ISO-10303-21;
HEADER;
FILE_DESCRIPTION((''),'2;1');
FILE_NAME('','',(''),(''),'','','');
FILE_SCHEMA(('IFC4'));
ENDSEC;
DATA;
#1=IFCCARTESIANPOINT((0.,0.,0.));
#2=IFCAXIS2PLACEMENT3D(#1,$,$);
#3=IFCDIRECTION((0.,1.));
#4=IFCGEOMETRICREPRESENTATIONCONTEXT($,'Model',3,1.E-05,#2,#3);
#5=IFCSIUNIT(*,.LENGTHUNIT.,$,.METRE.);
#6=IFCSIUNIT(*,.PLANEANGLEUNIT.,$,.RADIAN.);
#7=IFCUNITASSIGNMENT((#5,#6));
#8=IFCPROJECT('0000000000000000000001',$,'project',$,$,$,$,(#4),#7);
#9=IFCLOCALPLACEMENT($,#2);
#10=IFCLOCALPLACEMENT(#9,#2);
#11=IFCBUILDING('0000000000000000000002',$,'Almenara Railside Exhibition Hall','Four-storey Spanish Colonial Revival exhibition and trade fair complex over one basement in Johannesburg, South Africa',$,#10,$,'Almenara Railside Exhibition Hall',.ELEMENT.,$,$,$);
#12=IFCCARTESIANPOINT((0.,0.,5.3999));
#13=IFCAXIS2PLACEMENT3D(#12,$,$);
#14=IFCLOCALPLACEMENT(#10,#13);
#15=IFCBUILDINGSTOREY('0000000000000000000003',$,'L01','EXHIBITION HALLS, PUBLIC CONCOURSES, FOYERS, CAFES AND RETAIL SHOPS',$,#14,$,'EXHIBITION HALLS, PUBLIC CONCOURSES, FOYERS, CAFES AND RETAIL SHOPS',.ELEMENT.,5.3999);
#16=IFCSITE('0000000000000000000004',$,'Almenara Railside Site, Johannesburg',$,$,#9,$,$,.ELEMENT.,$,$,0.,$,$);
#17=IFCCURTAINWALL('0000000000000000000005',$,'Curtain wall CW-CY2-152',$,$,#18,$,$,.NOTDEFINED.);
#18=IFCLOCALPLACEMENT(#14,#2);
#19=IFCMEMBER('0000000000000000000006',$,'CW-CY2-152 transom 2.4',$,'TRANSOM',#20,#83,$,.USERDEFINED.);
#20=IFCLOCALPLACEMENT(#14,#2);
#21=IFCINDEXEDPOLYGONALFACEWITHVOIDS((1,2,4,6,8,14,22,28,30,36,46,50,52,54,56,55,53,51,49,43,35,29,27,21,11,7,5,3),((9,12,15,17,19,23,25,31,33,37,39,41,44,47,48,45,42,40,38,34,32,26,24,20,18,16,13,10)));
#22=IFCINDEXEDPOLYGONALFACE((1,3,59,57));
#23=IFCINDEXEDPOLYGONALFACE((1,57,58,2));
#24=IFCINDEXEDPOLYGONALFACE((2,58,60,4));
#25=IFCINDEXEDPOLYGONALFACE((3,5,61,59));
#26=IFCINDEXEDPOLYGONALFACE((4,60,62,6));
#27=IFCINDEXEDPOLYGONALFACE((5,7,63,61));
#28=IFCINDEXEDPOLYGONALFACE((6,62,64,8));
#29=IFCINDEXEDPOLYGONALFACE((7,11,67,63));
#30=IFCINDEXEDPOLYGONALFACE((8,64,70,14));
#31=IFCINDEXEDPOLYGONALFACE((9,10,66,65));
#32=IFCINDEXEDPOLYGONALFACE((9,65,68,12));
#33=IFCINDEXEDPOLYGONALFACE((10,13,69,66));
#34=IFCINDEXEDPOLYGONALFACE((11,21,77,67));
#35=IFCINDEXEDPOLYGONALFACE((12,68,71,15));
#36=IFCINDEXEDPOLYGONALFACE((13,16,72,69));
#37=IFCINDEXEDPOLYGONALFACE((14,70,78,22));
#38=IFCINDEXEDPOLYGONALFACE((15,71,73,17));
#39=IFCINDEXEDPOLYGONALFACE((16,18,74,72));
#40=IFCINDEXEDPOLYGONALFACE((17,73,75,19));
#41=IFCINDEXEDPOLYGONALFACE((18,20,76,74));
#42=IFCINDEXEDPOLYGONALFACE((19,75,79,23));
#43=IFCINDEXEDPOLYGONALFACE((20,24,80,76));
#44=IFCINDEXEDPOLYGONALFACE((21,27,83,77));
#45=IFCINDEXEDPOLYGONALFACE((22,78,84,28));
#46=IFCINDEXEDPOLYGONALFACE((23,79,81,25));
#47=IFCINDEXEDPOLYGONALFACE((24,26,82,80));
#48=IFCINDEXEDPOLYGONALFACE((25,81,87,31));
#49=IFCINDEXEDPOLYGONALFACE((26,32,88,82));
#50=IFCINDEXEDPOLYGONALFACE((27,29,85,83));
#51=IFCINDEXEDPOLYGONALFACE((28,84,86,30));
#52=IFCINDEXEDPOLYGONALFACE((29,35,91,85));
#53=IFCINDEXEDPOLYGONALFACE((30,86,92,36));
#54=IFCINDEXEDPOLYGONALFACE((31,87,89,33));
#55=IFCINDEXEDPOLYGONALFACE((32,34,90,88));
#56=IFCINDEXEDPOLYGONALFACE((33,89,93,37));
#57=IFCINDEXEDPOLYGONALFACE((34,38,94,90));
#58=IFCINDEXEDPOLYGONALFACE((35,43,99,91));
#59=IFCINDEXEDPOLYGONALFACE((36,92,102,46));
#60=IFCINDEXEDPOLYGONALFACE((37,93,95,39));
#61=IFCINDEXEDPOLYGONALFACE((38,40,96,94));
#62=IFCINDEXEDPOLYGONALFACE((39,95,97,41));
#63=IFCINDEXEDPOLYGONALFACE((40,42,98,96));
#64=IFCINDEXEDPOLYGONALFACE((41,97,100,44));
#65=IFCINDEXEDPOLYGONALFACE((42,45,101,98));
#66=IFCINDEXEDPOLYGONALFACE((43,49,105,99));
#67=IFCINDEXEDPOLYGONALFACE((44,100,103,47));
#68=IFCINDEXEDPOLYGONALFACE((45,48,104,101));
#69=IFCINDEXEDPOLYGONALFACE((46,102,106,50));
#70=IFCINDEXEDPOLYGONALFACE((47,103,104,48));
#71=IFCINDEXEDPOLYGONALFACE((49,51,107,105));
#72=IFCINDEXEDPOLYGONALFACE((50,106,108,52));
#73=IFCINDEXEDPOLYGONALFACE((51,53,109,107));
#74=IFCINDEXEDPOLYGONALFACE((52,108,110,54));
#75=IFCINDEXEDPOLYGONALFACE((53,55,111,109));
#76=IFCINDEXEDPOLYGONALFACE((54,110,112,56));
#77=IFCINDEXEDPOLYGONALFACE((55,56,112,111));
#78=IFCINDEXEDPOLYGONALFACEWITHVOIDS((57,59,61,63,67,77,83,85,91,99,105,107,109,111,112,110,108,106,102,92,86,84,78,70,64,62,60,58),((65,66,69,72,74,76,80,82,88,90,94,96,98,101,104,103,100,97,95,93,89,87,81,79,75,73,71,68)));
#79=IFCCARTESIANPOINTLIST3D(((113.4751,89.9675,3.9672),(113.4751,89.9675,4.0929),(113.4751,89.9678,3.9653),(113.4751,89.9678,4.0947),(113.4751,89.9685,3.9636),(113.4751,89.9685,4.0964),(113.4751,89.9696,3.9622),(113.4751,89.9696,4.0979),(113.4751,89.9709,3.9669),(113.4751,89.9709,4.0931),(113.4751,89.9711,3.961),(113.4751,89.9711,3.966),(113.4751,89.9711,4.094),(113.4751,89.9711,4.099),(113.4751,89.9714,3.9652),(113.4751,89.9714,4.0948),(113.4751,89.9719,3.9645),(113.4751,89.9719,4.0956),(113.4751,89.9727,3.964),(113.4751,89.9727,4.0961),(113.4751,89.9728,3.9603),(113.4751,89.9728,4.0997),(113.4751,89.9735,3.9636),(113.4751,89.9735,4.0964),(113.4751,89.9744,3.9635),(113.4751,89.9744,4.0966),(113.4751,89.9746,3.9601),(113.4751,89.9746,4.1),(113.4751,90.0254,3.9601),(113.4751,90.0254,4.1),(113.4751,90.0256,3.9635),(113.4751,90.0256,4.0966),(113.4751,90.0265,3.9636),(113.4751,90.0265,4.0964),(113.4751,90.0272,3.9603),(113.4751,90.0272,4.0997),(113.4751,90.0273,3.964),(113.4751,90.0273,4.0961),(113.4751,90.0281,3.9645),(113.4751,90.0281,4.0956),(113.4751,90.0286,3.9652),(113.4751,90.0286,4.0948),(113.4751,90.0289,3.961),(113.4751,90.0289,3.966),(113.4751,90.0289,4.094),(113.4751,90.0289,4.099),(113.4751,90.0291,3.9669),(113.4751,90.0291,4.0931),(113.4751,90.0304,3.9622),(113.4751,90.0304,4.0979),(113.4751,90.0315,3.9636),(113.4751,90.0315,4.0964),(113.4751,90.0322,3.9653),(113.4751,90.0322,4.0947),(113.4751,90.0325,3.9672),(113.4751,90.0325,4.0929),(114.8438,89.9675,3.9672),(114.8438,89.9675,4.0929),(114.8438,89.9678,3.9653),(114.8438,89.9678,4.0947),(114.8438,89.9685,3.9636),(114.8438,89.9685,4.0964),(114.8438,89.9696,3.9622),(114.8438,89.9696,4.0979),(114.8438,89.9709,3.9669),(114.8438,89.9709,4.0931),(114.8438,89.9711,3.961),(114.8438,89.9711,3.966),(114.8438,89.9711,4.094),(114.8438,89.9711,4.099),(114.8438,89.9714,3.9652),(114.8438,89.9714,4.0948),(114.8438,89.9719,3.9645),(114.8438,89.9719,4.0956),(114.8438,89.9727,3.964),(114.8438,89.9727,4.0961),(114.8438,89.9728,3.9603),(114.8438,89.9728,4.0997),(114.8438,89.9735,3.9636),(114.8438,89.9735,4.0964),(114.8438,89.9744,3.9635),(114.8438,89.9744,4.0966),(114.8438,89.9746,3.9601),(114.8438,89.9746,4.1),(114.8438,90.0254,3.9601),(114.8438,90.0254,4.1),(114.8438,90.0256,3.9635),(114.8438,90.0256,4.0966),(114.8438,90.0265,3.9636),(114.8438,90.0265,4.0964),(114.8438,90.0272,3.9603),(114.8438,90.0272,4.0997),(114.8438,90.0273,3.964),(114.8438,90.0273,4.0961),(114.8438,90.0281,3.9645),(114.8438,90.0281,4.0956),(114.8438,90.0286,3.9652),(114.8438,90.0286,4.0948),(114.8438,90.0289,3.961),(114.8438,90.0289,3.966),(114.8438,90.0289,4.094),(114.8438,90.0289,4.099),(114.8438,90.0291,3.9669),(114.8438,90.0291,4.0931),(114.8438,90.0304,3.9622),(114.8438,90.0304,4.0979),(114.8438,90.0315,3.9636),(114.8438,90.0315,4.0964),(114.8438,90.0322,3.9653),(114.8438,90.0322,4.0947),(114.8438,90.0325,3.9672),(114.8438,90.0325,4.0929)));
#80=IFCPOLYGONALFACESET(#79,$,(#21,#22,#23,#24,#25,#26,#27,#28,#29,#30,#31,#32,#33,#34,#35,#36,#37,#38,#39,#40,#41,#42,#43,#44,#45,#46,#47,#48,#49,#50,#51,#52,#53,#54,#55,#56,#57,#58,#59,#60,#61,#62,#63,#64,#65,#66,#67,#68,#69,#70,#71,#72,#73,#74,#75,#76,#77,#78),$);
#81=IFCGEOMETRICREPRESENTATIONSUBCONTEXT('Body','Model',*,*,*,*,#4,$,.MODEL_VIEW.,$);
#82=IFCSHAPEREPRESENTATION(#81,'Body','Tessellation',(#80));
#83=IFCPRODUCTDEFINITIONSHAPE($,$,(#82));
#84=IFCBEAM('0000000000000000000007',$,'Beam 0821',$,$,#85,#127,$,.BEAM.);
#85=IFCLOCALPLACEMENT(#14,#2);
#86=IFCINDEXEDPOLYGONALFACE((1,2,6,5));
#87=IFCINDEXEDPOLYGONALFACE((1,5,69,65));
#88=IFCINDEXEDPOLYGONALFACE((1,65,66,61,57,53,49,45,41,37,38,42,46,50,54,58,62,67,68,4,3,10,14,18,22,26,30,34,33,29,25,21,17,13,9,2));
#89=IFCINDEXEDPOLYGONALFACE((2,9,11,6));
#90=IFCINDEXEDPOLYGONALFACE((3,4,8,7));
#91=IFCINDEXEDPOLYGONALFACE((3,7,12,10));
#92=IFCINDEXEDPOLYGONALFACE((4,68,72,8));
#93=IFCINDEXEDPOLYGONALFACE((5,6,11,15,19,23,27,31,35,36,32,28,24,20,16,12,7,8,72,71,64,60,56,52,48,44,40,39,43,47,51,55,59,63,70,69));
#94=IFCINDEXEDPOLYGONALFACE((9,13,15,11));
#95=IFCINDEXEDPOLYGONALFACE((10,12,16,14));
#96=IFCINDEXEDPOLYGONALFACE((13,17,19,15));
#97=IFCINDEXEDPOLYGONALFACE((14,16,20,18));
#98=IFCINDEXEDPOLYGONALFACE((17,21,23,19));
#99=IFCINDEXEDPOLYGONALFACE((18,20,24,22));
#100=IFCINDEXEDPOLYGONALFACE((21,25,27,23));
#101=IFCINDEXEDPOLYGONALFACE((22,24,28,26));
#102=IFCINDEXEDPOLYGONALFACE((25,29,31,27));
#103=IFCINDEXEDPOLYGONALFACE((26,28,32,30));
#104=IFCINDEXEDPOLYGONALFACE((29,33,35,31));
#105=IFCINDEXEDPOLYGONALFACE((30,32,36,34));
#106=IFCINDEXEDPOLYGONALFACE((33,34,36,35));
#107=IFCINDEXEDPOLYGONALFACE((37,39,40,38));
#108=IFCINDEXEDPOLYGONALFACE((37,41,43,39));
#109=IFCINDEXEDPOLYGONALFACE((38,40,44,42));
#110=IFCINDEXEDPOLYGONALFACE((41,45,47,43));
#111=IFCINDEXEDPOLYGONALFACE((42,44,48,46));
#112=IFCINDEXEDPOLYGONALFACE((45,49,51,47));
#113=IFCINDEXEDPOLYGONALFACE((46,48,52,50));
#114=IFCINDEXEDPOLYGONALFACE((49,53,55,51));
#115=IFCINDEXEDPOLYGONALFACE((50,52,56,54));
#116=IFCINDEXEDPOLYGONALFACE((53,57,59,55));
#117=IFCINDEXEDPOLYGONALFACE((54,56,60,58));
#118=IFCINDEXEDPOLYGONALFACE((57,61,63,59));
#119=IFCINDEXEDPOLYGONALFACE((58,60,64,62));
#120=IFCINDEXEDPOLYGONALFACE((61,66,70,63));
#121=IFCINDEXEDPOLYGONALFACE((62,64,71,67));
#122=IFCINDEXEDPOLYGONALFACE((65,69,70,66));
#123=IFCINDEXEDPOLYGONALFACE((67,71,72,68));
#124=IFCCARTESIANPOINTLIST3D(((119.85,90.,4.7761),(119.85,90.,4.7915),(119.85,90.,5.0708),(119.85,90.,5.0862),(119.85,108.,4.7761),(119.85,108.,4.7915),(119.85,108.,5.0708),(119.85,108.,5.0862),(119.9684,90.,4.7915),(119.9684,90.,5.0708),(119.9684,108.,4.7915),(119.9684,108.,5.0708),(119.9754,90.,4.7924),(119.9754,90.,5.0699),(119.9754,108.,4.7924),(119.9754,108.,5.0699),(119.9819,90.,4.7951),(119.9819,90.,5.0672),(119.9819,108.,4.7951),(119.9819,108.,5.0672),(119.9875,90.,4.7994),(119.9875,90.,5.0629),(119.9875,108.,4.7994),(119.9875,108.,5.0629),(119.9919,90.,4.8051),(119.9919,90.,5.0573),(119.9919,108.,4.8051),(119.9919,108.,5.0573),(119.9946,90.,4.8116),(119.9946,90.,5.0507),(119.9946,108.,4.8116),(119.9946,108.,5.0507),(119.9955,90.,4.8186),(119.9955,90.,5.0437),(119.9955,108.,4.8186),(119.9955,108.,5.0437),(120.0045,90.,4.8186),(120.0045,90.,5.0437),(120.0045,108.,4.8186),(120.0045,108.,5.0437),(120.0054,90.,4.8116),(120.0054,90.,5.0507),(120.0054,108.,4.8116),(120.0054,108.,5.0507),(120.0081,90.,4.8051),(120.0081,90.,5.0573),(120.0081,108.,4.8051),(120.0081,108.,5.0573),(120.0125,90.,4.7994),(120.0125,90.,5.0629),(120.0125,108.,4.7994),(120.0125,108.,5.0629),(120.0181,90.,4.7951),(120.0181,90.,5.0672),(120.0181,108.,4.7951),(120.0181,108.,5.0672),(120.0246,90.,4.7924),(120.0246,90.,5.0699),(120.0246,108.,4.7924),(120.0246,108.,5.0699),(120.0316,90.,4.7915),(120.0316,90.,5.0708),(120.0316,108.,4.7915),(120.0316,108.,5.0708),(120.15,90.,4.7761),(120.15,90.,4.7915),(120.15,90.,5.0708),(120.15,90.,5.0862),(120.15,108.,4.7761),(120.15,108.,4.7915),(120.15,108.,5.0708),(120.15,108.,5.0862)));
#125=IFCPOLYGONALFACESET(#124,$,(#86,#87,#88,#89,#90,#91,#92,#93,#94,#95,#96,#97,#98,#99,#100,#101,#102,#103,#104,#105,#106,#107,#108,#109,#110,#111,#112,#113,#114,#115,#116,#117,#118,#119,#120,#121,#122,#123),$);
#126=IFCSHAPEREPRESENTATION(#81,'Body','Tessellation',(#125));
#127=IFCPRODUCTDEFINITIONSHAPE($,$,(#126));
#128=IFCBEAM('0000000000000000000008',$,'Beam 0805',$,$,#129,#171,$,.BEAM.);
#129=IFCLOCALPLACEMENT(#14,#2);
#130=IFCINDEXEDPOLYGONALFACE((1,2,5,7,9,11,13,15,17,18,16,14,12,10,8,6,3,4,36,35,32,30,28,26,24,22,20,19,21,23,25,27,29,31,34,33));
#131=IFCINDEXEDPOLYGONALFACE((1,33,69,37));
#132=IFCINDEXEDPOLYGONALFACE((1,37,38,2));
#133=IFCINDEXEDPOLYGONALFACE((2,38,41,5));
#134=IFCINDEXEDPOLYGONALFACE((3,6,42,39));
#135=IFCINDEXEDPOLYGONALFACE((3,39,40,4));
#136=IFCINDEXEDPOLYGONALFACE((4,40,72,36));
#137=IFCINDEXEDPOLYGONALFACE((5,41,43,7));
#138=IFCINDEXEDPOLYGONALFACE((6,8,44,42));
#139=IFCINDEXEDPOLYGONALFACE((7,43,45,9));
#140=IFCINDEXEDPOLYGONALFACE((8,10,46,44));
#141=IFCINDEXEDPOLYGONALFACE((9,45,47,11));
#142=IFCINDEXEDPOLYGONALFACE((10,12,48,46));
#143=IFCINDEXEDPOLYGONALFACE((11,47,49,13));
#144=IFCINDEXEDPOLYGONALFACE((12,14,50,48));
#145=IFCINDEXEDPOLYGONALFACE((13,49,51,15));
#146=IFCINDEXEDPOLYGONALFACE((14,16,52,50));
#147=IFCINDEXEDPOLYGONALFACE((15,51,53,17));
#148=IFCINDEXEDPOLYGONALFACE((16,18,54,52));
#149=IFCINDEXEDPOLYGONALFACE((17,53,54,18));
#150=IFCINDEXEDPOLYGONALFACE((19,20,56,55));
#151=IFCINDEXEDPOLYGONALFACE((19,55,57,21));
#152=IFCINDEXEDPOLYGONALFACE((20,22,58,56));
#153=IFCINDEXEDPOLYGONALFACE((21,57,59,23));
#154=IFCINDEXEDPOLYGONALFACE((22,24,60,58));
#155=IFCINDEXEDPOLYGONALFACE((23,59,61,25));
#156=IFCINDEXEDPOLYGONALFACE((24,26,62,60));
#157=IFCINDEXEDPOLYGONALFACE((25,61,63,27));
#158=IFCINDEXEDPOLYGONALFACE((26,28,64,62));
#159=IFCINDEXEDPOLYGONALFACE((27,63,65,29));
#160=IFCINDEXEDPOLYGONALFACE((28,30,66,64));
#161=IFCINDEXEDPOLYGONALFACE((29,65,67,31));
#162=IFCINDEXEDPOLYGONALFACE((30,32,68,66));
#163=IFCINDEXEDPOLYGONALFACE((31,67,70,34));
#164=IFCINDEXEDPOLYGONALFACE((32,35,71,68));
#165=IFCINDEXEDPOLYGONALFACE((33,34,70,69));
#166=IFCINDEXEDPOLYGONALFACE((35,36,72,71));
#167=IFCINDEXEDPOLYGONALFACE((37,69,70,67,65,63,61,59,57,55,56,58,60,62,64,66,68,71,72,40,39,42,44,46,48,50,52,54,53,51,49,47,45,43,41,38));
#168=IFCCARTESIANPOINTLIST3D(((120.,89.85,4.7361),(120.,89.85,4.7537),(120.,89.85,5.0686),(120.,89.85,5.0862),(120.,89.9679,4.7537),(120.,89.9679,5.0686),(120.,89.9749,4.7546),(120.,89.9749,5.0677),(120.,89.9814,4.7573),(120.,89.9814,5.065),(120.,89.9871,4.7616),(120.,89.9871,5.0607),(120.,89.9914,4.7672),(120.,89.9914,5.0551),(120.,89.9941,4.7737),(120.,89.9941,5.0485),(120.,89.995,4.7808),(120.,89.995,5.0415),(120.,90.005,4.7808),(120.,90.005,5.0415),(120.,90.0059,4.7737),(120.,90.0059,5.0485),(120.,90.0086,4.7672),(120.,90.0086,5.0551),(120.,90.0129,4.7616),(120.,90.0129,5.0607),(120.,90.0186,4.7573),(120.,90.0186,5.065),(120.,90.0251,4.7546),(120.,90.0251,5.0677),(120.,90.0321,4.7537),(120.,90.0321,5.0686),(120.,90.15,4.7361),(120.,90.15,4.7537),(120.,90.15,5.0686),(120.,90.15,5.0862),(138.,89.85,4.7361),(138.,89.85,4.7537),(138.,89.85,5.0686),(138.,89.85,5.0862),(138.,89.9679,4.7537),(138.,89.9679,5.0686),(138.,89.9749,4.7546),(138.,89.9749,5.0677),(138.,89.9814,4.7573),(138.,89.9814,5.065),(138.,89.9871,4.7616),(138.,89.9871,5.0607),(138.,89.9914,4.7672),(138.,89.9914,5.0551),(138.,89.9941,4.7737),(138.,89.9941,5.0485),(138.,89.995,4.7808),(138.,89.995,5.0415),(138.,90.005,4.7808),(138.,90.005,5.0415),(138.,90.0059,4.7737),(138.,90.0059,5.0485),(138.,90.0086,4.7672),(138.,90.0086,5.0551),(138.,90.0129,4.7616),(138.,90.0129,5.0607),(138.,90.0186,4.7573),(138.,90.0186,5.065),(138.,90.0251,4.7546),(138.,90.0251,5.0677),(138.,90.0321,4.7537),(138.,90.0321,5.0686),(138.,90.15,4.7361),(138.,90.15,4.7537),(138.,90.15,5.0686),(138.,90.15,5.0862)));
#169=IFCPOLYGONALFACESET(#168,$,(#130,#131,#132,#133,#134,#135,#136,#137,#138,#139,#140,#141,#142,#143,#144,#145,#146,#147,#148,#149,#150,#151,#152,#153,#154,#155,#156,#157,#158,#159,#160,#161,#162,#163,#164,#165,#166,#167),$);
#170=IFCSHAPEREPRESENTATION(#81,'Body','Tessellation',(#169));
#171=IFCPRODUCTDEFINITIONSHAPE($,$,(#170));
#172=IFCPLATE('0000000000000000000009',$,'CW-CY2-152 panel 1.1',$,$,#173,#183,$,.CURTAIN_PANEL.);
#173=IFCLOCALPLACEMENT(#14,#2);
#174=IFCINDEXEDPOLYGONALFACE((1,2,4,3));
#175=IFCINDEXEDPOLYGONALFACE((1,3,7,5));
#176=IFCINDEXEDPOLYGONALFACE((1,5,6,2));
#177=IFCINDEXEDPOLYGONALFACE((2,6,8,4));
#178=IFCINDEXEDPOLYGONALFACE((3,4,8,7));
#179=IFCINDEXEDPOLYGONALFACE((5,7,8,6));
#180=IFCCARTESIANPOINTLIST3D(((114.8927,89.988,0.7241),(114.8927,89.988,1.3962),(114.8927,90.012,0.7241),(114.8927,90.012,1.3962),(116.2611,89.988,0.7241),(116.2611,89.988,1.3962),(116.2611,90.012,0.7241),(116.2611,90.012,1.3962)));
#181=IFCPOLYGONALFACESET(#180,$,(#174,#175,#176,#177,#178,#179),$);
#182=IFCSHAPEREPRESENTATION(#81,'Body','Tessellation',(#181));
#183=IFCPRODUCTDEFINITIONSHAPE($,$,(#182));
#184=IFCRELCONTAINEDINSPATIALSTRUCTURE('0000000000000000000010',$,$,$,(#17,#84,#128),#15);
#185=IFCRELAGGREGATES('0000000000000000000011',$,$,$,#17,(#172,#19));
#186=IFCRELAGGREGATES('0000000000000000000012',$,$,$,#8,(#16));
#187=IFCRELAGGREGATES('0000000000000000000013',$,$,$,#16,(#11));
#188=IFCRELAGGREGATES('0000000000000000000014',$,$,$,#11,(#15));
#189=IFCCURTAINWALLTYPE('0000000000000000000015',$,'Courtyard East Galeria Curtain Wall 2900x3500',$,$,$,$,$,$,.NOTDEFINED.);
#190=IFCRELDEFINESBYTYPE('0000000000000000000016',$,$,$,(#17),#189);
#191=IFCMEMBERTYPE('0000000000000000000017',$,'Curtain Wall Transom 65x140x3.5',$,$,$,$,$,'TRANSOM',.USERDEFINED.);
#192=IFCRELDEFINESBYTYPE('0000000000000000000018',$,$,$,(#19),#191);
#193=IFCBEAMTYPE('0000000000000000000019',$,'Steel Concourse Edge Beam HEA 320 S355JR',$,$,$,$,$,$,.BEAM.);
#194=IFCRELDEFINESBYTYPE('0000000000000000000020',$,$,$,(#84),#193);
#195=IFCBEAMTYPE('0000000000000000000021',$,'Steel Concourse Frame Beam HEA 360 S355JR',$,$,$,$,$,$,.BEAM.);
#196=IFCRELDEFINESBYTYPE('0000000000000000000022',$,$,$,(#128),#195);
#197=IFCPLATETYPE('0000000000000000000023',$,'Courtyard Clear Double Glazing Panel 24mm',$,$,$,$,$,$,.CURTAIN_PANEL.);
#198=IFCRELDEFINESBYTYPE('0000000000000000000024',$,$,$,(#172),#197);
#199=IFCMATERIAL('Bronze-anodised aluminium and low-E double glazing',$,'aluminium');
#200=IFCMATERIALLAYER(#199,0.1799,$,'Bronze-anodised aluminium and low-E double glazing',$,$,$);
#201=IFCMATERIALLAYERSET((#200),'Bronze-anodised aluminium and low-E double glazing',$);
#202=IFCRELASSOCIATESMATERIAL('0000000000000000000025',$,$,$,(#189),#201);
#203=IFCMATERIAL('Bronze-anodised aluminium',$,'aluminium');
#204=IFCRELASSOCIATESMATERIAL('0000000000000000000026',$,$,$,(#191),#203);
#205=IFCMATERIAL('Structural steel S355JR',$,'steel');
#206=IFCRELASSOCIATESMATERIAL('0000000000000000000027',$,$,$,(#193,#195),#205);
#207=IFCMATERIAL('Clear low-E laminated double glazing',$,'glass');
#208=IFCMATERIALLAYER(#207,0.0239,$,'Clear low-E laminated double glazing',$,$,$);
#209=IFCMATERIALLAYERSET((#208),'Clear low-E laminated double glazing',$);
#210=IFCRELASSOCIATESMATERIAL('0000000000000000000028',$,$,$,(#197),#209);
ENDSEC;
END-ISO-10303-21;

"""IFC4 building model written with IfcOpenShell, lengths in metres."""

from ifc_helpers import new_model, si_unit, direction, frame, origin, origin_2d, place, context, subcontext, project, spatial, rectangle, hollow_rectangle, i_section, extrude, material, layer, layer_set, material_profile, profile_set, type_object, element, aggregate, save


model = new_model("IFC4")

# Units and contexts
model_context = context("Model", 3, precision=1e-05, world=origin(), true_north=direction((0.0, 1.0)))
body_context = subcontext(model_context, "Body", "Model", "MODEL_VIEW")
ifc_project = project(units=[si_unit("LENGTHUNIT", "METRE"), si_unit("PLANEANGLEUNIT", "RADIAN")], contexts=[model_context])

# Site, building, storey
site_placement = place(None, origin())
site = spatial("IfcSite", under=ifc_project, at=site_placement, Name="Almenara Railside Site, Johannesburg", CompositionType="ELEMENT", RefElevation=0.0)
building_placement = place(site_placement, origin())
building = spatial("IfcBuilding", under=site, at=building_placement, Name="Almenara Railside Exhibition Hall", Description="Four-storey Spanish Colonial Revival exhibition and trade fair complex over one basement in Johannesburg, South Africa", LongName="Almenara Railside Exhibition Hall", CompositionType="ELEMENT")
storey_placement = place(building_placement, frame((0.0, 0.0, 5.3999)))
storey = spatial("IfcBuildingStorey", under=building, at=storey_placement, Name="L01", Description="EXHIBITION HALLS, PUBLIC CONCOURSES, FOYERS, CAFES AND RETAIL SHOPS", LongName="EXHIBITION HALLS, PUBLIC CONCOURSES, FOYERS, CAFES AND RETAIL SHOPS", CompositionType="ELEMENT", Elevation=5.3999)

# Shared definitions
ifc_material_1 = material(Name="Bronze-anodised aluminium and low-E double glazing", Category="aluminium")
ifc_layer_1 = layer(ifc_material_1, 0.1799, Name="Bronze-anodised aluminium and low-E double glazing")
ifc_layer_set_1 = layer_set([ifc_layer_1], Name="Bronze-anodised aluminium and low-E double glazing")
curtain_wall_type = type_object("IfcCurtainWallType", Name="Courtyard East Galeria Curtain Wall 2900x3500", PredefinedType="NOTDEFINED", material=ifc_layer_set_1)
ifc_material_2 = material(Name="Bronze-anodised aluminium", Category="aluminium")

# Curtain wall
curtain_wall_1_placement = place(storey_placement, origin())
curtain_wall_1 = element("IfcCurtainWall", 1, at=curtain_wall_1_placement, inside=storey, type_object=curtain_wall_type, Name="Curtain wall CW-CY2-152", PredefinedType="NOTDEFINED")

# Member
ifc_material_profile_1 = material_profile(ifc_material_2, hollow_rectangle(XDim=0.0649, YDim=0.1399, WallThickness=0.0034, InnerFilletRadius=0.0034, OuterFilletRadius=0.0071, at=origin_2d()), Name="ALU-TRN 65x140x3.5")
ifc_profile_set_1 = profile_set([ifc_material_profile_1], Name="Bronze-anodised aluminium")
member_type_1 = type_object("IfcMemberType", Name="Curtain Wall Transom 65x140x3.5", ElementType="TRANSOM", PredefinedType="USERDEFINED", material=ifc_profile_set_1)
member_1_placement = place(storey_placement, frame((114.8438, 90.0, 4.03), z_axis=(-1.0, 0.0, 0.0), x_axis=(0.0, -1.0, 0.0)))
member_1 = element("IfcMember", 2, at=member_1_placement, type_object=member_type_1, Name="CW-CY2-152 transom 2.4", ObjectType="TRANSOM", PredefinedType="USERDEFINED", context=body_context, shape_type="SweptSolid", body=[
    extrude(hollow_rectangle(XDim=0.0649, YDim=0.1399, WallThickness=0.0034, InnerFilletRadius=0.0034, OuterFilletRadius=0.0071, at=origin_2d()), origin(), (0.0, 0.0, 1.0), 1.3687),
])

# Beams
ifc_material_3 = material(Name="Structural steel S355JR", Category="steel")
ifc_material_profile_2 = material_profile(ifc_material_3, i_section(OverallWidth=0.3, OverallDepth=0.3101, WebThickness=0.009, FlangeThickness=0.0154, FilletRadius=0.0271, at=origin_2d()), Name="HEA 320")
ifc_profile_set_2 = profile_set([ifc_material_profile_2], Name="Structural steel S355JR")
beam_type_1 = type_object("IfcBeamType", Name="Steel Concourse Edge Beam HEA 320 S355JR", PredefinedType="BEAM", material=ifc_profile_set_2)
beam_1_placement = place(storey_placement, frame((120.0, 90.0, 4.9312), z_axis=(0.0, 1.0, 0.0), x_axis=(-1.0, 0.0, 0.0)))
element("IfcBeam", 3, at=beam_1_placement, inside=storey, type_object=beam_type_1, Name="Beam 0821", PredefinedType="BEAM", context=body_context, shape_type="SweptSolid", body=[
    extrude(i_section(OverallWidth=0.3, OverallDepth=0.3101, WebThickness=0.009, FlangeThickness=0.0154, FilletRadius=0.0271, at=origin_2d()), origin(), (0.0, 0.0, 1.0), 18.0),
])
ifc_material_profile_3 = material_profile(ifc_material_3, i_section(OverallWidth=0.3, OverallDepth=0.3501, WebThickness=0.01, FlangeThickness=0.0176, FilletRadius=0.0271, at=origin_2d()), Name="HEA 360")
ifc_profile_set_3 = profile_set([ifc_material_profile_3], Name="Structural steel S355JR")
beam_type_2 = type_object("IfcBeamType", Name="Steel Concourse Frame Beam HEA 360 S355JR", PredefinedType="BEAM", material=ifc_profile_set_3)
beam_2_placement = place(storey_placement, frame((120.0, 90.0, 4.9111), z_axis=(1.0, 0.0, 0.0), x_axis=(0.0, 1.0, 0.0)))
element("IfcBeam", 4, at=beam_2_placement, inside=storey, type_object=beam_type_2, Name="Beam 0805", PredefinedType="BEAM", context=body_context, shape_type="SweptSolid", body=[
    extrude(i_section(OverallWidth=0.3, OverallDepth=0.3501, WebThickness=0.01, FlangeThickness=0.0176, FilletRadius=0.0271, at=origin_2d()), origin(), (0.0, 0.0, 1.0), 18.0),
])

# Plate
ifc_material_4 = material(Name="Clear low-E laminated double glazing", Category="glass")
ifc_layer_2 = layer(ifc_material_4, 0.0239, Name="Clear low-E laminated double glazing")
ifc_layer_set_2 = layer_set([ifc_layer_2], Name="Clear low-E laminated double glazing")
plate_type = type_object("IfcPlateType", Name="Courtyard Clear Double Glazing Panel 24mm", PredefinedType="CURTAIN_PANEL", material=ifc_layer_set_2)
plate_1_placement = place(storey_placement, frame((115.5769, 90.0, 0.7241), z_axis=(0.0, 0.0, 1.0), x_axis=(-1.0, 0.0, 0.0)))
plate_1 = element("IfcPlate", 5, at=plate_1_placement, type_object=plate_type, Name="CW-CY2-152 panel 1.1", PredefinedType="CURTAIN_PANEL", context=body_context, shape_type="SweptSolid", body=[
    extrude(rectangle(XDim=1.3684, YDim=0.0239, at=origin_2d()), origin(), (0.0, 0.0, 1.0), 0.6721),
])
aggregate(curtain_wall_1, [plate_1, member_1])

save(model, "model.ifc")
